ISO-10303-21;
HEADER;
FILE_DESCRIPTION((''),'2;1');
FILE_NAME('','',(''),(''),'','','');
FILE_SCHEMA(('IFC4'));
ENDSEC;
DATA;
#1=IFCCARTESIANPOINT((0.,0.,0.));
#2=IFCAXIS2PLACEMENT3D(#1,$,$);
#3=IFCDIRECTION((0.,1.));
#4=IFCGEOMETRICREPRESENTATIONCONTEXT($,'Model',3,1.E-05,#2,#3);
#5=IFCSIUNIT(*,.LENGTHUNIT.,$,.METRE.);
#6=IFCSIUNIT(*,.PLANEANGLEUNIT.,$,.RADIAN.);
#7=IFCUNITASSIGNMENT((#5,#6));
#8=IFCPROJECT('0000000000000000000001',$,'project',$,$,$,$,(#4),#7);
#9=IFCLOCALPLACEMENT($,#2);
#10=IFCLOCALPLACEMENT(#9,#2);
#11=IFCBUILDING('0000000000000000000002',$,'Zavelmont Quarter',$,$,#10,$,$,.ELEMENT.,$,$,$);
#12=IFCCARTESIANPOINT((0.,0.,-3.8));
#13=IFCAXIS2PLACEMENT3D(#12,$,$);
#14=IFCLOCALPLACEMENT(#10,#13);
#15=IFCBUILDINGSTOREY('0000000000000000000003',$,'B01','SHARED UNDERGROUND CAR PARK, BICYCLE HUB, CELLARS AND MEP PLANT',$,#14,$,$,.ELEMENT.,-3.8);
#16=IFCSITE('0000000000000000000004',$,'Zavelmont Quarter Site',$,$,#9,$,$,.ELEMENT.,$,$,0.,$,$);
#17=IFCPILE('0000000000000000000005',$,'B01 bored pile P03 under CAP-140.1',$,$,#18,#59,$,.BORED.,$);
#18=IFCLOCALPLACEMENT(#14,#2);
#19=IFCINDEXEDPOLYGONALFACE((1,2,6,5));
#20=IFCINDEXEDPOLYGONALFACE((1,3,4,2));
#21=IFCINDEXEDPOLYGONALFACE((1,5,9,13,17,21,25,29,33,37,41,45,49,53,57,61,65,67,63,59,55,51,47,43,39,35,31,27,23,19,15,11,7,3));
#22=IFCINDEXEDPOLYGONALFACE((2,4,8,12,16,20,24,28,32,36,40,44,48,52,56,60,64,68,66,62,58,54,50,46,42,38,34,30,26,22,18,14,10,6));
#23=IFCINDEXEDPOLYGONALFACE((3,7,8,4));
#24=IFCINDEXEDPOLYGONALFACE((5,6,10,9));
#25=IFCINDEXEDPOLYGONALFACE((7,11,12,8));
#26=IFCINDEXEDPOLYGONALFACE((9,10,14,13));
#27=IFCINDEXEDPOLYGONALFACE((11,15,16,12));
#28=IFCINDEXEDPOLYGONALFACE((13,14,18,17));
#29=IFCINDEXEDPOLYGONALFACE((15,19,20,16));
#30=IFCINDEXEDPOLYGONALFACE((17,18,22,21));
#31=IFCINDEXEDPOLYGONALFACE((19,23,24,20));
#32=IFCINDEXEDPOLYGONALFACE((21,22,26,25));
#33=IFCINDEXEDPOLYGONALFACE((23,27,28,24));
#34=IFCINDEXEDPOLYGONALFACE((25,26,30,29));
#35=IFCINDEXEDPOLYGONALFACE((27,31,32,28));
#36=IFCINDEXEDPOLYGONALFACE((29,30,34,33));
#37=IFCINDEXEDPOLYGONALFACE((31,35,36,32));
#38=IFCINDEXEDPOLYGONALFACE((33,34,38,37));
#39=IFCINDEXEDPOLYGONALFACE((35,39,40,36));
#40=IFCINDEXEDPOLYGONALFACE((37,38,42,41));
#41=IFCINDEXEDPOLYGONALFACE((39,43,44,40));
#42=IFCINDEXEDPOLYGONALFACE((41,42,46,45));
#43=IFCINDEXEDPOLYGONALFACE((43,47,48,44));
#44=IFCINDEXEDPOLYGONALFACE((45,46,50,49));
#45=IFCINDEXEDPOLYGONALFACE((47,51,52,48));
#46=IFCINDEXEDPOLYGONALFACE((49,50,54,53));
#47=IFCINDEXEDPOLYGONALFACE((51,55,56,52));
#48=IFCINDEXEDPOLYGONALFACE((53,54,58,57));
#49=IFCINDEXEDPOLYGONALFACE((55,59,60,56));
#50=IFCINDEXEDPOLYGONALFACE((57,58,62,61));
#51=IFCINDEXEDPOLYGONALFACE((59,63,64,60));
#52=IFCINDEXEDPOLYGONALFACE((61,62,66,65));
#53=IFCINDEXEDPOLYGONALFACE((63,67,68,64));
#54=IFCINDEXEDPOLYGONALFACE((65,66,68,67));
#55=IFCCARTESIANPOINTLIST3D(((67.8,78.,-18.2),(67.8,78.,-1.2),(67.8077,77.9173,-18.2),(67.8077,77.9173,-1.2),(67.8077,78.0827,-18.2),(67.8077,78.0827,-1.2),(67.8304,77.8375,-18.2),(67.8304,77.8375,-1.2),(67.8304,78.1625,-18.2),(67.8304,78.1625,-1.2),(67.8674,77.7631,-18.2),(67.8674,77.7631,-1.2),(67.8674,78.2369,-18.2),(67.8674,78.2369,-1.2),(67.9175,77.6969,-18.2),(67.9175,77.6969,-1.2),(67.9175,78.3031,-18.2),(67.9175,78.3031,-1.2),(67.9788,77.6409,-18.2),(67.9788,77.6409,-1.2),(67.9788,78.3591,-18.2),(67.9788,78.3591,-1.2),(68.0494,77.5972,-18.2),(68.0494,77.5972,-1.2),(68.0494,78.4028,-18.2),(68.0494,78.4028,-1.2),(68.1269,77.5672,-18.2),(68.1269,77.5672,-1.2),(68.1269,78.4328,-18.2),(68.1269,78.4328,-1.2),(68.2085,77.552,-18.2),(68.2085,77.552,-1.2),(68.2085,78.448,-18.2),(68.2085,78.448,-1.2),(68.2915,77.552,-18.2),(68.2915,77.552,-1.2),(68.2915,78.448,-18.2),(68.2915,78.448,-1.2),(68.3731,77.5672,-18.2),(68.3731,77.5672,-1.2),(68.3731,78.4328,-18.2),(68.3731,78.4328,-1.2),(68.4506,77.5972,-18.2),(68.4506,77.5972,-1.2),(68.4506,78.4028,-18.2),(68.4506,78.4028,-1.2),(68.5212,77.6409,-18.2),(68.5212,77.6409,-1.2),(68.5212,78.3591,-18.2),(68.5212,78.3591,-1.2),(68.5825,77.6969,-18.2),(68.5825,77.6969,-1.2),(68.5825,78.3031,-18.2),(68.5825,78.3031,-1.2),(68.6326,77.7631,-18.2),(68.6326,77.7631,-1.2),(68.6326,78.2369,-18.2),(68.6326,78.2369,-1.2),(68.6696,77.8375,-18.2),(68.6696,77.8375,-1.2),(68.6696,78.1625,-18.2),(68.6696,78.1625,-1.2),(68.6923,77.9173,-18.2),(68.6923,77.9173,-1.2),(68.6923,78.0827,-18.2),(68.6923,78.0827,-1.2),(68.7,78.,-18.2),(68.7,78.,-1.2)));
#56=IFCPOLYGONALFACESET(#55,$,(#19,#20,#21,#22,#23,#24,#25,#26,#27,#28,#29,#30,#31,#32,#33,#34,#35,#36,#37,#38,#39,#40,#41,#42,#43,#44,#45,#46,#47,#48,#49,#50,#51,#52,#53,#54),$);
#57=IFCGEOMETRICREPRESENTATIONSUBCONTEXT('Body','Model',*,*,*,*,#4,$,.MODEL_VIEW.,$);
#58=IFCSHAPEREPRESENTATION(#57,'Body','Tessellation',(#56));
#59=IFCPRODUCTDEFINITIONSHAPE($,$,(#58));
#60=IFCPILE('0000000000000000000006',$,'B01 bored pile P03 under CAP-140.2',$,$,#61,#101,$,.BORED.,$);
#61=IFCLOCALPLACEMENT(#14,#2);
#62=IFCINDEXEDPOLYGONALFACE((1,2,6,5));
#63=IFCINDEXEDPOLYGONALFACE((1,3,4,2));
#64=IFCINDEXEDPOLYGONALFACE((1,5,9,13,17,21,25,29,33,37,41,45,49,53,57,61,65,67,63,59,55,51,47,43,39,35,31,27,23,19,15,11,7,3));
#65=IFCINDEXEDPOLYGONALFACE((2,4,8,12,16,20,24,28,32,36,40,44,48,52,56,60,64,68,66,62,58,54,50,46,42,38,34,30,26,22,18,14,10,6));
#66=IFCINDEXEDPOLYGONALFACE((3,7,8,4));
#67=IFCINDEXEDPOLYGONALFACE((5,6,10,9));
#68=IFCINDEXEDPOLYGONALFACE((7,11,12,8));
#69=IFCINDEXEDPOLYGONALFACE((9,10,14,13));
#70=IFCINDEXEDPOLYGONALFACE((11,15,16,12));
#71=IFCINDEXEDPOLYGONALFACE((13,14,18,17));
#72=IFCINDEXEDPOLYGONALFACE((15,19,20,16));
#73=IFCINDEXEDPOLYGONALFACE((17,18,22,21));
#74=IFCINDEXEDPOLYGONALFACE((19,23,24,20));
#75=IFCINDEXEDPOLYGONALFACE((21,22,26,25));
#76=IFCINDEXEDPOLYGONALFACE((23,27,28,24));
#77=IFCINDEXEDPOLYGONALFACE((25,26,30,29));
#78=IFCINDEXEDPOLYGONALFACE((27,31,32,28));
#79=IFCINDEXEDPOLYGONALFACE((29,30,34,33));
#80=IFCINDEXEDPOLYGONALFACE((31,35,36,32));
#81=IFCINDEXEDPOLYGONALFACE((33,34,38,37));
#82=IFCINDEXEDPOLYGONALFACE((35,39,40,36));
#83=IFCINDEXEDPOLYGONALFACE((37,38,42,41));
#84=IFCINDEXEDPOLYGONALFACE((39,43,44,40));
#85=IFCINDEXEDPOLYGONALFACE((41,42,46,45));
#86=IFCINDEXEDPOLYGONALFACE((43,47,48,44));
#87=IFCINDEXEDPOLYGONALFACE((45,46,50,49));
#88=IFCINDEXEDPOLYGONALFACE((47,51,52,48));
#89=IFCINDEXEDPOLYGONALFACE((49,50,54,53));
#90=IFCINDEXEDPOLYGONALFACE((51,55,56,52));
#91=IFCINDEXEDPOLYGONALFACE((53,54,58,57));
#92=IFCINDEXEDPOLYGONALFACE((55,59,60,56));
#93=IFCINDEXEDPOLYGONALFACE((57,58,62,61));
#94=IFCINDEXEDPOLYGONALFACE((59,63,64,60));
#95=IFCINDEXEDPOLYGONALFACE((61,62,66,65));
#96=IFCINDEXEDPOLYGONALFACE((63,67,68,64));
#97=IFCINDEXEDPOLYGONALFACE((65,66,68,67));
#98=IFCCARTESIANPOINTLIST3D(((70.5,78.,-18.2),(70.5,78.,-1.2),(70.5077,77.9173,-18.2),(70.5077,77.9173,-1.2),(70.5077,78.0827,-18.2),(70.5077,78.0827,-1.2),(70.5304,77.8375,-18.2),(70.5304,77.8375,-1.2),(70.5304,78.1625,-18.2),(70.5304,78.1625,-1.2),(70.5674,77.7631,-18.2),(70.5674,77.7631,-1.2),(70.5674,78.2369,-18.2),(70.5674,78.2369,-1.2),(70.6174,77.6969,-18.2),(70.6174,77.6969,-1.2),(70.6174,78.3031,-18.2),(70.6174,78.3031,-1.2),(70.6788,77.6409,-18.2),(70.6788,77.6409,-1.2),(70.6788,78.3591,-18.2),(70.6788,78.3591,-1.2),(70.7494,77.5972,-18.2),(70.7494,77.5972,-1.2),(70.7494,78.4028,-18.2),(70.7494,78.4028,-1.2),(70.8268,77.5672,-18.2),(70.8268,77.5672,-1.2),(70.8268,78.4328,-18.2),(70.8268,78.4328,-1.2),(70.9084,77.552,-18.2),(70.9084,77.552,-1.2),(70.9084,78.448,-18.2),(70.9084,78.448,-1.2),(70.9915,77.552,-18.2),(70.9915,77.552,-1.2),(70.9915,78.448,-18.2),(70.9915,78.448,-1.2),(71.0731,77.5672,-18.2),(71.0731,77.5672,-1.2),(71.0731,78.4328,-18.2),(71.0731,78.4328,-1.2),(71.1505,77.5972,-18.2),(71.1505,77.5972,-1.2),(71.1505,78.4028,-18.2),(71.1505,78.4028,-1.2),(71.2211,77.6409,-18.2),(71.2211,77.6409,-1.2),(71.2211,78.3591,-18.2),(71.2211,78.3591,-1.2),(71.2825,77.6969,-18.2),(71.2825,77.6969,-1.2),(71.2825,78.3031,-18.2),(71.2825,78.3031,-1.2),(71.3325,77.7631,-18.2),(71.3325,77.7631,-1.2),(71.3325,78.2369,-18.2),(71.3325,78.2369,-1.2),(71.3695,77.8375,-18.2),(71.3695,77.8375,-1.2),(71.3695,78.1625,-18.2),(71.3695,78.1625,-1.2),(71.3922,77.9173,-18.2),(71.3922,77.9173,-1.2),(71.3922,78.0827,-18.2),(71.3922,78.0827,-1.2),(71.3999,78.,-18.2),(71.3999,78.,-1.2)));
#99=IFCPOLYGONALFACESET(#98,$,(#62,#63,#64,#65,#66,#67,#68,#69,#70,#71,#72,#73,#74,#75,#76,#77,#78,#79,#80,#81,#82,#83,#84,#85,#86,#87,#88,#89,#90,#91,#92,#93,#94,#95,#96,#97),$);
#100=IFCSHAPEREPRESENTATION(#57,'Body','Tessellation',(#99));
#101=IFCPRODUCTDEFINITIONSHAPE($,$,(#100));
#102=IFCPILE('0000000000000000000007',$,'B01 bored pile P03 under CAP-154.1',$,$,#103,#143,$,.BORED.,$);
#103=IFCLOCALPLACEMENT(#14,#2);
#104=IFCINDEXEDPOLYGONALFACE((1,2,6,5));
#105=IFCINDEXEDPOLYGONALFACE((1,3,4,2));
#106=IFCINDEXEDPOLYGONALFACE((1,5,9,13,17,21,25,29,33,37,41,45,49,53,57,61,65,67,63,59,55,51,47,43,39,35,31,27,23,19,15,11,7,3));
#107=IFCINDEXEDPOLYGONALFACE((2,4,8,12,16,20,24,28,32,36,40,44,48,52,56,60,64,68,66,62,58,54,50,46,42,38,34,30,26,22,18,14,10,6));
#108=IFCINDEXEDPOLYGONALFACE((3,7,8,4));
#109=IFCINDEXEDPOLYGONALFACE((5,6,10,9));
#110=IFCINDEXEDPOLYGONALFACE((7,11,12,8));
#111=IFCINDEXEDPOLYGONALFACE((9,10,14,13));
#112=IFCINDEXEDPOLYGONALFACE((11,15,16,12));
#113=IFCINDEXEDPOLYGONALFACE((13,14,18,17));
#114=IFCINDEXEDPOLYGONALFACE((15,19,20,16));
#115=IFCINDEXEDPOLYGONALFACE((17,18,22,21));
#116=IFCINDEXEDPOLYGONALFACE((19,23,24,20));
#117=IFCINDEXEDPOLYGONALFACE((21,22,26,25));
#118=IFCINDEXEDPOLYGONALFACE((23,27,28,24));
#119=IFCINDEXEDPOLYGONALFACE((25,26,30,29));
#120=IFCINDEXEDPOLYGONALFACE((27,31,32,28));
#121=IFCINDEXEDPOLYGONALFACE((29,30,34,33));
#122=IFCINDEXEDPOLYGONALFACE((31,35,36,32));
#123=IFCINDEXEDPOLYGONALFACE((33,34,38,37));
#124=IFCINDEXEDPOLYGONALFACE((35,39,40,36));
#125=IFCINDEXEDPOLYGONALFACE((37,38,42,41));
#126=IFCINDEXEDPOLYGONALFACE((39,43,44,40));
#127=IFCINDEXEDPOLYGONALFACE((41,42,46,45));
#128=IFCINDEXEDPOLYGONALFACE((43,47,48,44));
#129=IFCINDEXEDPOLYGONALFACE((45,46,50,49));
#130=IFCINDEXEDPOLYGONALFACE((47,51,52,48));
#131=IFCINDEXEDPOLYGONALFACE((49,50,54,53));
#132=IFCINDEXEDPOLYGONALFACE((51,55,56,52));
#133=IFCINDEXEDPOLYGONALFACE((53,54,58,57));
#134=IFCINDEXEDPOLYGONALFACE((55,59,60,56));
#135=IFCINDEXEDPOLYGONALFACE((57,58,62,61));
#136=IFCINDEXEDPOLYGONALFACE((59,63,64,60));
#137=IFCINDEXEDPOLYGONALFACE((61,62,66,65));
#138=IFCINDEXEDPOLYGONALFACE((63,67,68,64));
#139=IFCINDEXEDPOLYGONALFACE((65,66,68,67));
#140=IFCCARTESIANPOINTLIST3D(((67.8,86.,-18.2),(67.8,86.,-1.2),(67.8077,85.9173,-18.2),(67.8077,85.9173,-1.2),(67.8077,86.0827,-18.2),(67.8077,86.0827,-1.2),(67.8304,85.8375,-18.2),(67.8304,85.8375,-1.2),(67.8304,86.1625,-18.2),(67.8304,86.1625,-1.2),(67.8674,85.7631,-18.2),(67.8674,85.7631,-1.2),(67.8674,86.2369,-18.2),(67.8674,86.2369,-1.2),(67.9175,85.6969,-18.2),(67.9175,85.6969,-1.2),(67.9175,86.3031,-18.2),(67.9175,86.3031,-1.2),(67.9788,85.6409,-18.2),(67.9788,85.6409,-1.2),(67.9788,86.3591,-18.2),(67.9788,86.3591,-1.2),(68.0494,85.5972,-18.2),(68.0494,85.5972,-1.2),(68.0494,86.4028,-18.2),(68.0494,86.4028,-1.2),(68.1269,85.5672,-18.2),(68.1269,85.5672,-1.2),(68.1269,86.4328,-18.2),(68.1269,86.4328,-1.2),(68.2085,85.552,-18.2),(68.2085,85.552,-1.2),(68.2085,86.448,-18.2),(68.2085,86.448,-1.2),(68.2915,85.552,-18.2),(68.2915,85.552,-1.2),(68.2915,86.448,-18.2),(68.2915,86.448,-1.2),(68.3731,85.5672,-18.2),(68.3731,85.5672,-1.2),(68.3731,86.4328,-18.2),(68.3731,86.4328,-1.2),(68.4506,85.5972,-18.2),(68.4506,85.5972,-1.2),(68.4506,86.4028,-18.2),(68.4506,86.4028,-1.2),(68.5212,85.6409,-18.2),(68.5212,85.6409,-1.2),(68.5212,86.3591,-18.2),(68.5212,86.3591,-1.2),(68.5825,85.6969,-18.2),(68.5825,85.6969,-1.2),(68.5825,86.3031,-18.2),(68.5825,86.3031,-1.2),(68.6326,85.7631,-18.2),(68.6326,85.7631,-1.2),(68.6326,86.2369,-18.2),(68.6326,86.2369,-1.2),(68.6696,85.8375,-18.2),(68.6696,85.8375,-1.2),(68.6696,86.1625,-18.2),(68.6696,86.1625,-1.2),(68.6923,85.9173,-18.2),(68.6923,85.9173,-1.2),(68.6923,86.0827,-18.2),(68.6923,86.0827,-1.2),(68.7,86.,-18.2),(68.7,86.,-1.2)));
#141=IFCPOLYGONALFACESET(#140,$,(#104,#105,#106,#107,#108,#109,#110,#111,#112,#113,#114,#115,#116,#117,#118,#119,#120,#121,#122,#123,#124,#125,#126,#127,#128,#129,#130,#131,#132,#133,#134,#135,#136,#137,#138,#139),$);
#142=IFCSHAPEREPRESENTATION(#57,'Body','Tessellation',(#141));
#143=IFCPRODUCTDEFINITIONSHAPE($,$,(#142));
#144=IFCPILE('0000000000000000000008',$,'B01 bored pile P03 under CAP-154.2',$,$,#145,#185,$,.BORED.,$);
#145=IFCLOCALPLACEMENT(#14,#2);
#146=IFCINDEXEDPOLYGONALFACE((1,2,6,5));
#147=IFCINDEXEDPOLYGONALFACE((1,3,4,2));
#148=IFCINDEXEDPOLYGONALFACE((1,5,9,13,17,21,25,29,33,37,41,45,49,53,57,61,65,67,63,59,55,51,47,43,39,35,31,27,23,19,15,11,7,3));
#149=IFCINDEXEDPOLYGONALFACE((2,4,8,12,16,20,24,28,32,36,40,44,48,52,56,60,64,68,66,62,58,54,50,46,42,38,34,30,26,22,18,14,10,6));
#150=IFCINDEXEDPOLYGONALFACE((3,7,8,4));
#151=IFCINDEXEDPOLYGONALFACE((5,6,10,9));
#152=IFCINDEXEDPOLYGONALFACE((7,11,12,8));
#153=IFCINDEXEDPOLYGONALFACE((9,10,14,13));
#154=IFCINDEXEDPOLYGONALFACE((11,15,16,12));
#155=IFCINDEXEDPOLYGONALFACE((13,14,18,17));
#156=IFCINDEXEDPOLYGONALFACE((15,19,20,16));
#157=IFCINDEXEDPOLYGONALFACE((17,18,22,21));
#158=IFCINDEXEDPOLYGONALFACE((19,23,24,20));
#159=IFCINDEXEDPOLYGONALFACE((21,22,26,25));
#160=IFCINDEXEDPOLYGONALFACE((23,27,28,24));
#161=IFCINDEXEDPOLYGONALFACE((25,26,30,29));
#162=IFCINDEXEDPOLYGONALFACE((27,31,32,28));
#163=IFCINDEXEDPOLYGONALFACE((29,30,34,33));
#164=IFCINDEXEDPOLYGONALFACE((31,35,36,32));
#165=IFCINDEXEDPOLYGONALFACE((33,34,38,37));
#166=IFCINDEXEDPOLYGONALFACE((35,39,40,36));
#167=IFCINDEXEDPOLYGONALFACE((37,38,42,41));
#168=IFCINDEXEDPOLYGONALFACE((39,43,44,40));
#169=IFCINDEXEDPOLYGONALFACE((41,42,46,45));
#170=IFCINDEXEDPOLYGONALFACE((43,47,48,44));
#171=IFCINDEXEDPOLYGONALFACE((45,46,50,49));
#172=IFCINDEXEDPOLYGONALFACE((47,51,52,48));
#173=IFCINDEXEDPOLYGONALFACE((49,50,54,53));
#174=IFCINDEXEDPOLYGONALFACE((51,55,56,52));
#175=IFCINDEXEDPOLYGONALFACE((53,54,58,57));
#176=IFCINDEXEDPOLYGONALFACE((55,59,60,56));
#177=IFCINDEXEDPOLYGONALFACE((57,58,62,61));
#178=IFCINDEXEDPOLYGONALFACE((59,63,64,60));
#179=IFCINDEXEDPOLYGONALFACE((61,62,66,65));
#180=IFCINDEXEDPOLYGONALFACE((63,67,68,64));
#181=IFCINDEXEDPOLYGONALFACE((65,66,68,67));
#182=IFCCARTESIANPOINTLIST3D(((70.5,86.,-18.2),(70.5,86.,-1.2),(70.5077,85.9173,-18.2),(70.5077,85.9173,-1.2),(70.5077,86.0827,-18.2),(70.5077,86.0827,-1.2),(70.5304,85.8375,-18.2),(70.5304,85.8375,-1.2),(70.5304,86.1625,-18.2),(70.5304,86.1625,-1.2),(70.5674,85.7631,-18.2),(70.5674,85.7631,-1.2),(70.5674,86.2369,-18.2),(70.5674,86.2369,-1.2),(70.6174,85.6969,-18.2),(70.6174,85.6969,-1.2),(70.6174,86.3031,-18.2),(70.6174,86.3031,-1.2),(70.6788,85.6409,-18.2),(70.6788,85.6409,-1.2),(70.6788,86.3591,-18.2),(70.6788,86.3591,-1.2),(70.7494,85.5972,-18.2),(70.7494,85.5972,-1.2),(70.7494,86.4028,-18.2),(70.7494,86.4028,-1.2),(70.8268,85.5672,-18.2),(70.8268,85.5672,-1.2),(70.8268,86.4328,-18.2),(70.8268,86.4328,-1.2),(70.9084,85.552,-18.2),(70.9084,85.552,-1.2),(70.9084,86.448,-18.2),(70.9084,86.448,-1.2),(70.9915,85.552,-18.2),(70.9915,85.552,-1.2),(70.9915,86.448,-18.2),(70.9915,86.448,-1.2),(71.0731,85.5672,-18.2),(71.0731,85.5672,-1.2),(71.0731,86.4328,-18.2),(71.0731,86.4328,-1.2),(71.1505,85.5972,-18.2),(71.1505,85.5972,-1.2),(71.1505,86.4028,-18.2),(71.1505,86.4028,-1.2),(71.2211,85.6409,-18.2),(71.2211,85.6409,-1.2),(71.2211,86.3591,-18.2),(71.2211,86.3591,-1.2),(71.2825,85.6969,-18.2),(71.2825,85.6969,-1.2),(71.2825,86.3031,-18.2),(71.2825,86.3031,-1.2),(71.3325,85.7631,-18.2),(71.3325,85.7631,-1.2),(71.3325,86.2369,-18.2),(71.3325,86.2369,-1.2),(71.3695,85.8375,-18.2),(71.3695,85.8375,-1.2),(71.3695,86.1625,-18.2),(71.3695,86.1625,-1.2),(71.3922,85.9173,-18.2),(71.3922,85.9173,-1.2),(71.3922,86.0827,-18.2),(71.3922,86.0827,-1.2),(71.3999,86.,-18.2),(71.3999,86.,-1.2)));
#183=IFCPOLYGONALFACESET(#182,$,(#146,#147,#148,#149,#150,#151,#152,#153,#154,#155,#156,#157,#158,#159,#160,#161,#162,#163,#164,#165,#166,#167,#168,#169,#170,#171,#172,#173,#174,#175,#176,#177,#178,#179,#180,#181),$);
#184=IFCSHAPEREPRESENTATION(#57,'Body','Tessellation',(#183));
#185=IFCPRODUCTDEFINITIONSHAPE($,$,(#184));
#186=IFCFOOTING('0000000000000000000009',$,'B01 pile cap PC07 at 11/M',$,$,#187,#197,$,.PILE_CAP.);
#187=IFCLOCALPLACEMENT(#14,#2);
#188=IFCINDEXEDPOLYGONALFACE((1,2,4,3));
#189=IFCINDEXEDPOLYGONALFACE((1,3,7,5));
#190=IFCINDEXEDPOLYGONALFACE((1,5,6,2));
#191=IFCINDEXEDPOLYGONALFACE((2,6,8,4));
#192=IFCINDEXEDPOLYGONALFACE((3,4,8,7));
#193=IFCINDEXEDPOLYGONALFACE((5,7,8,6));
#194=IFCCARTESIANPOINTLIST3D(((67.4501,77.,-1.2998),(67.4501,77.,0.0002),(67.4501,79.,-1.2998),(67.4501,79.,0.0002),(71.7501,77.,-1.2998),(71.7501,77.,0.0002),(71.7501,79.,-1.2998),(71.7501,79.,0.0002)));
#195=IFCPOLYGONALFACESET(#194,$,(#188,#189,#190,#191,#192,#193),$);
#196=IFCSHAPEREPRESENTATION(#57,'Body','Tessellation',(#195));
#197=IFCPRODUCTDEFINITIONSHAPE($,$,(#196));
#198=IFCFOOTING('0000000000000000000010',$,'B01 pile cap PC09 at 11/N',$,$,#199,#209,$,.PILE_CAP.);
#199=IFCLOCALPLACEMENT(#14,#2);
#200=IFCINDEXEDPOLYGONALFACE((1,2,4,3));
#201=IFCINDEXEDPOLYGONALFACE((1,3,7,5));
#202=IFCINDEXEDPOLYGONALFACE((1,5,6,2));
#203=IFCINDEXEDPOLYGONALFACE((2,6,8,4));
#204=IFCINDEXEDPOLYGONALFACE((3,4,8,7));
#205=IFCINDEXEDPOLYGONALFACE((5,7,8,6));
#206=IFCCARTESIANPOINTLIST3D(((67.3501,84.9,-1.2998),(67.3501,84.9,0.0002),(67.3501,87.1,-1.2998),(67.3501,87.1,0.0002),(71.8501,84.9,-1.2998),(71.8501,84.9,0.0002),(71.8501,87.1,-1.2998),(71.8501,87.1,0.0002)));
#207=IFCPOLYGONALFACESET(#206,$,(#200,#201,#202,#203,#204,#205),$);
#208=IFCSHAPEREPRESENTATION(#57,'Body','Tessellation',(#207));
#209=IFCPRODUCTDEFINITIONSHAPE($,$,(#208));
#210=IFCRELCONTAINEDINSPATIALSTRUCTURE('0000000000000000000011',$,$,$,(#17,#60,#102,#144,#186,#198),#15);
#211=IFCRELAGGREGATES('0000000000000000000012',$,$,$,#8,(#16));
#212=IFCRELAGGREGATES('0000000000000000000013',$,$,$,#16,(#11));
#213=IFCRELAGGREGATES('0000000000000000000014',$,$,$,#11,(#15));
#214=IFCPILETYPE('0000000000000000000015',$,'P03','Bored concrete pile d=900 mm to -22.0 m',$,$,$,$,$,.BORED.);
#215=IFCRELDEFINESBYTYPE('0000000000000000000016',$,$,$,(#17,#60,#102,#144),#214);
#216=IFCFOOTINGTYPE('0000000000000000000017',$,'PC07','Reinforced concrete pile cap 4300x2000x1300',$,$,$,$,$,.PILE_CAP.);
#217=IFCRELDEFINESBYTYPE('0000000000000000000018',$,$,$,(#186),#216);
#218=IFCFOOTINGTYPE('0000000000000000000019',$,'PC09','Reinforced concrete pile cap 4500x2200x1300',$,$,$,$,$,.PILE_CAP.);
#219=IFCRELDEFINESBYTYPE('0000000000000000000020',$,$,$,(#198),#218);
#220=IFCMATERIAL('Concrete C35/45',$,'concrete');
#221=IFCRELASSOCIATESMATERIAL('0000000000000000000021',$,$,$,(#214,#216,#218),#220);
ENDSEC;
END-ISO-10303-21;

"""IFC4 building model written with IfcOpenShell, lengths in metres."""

from ifc_helpers import new_model, si_unit, direction, frame, origin, origin_2d, place, context, subcontext, project, spatial, rectangle, circle, extrude, material, material_profile, profile_set, type_object, element, save


model = new_model("IFC4")

# Units and contexts
model_context = context("Model", 3, precision=1e-05, world=origin(), true_north=direction((0.0, 1.0)))
body_context = subcontext(model_context, "Body", "Model", "MODEL_VIEW")
ifc_project = project(units=[si_unit("LENGTHUNIT", "METRE"), si_unit("PLANEANGLEUNIT", "RADIAN")], contexts=[model_context])

# Site, building, storey
site_placement = place(None, origin())
site = spatial("IfcSite", under=ifc_project, at=site_placement, Name="Zavelmont Quarter Site", CompositionType="ELEMENT", RefElevation=0.0)
building_placement = place(site_placement, origin())
building = spatial("IfcBuilding", under=site, at=building_placement, Name="Zavelmont Quarter", CompositionType="ELEMENT")
storey_placement = place(building_placement, frame((0.0, 0.0, -3.8)))
storey = spatial("IfcBuildingStorey", under=building, at=storey_placement, Name="B01", Description="SHARED UNDERGROUND CAR PARK, BICYCLE HUB, CELLARS AND MEP PLANT", CompositionType="ELEMENT", Elevation=-3.8)

# Shared definitions
ifc_material_1 = material(Name="Concrete C35/45", Category="concrete")

# Piles
ifc_material_profile_1 = material_profile(ifc_material_1, circle(Radius=0.45, at=origin_2d()), Name="BP900")
ifc_profile_set_1 = profile_set([ifc_material_profile_1], Name="Concrete C35/45")
pile_type_1 = type_object("IfcPileType", Name="P03", Description="Bored concrete pile d=900 mm to -22.0 m", PredefinedType="BORED", material=ifc_profile_set_1)
for number, where, z_axis, x_axis, name in (
    (1, (68.25, 78.0, -1.2), (0.0, 0.0, -1.0), (1.0, 0.0, 0.0), "B01 bored pile P03 under CAP-140.1"),
    (2, (70.95, 78.0, -1.2), (0.0, 0.0, -1.0), (1.0, 0.0, 0.0), "B01 bored pile P03 under CAP-140.2"),
    (3, (68.25, 86.0, -1.2), (0.0, 0.0, -1.0), (1.0, 0.0, 0.0), "B01 bored pile P03 under CAP-154.1"),
    (4, (70.95, 86.0, -1.2), (0.0, 0.0, -1.0), (1.0, 0.0, 0.0), "B01 bored pile P03 under CAP-154.2"),
):
    element("IfcPile", number, at=place(storey_placement, frame(where, z_axis=z_axis, x_axis=x_axis)), inside=storey, type_object=pile_type_1, Name=name, PredefinedType="BORED", context=body_context, shape_type="SweptSolid", body=[
        extrude(circle(Radius=0.45, at=origin_2d()), origin(), (0.0, 0.0, 1.0), 17.0),
    ])

# Footings
footing_type_1 = type_object("IfcFootingType", Name="PC07", Description="Reinforced concrete pile cap 4300x2000x1300", PredefinedType="PILE_CAP", material=ifc_material_1)
footing_1_placement = place(storey_placement, frame((69.6001, 78.0, -1.2998), z_axis=(0.0, 0.0, 1.0), x_axis=(1.0, 0.0, 0.0)))
element("IfcFooting", 5, at=footing_1_placement, inside=storey, type_object=footing_type_1, Name="B01 pile cap PC07 at 11/M", PredefinedType="PILE_CAP", context=body_context, shape_type="SweptSolid", body=[
    extrude(rectangle(XDim=4.3, YDim=2.0, at=origin_2d()), origin(), (0.0, 0.0, 1.0), 1.3),
])
footing_type_2 = type_object("IfcFootingType", Name="PC09", Description="Reinforced concrete pile cap 4500x2200x1300", PredefinedType="PILE_CAP", material=ifc_material_1)
footing_2_placement = place(storey_placement, frame((69.6001, 86.0, -1.2998), z_axis=(0.0, 0.0, 1.0), x_axis=(1.0, 0.0, 0.0)))
element("IfcFooting", 6, at=footing_2_placement, inside=storey, type_object=footing_type_2, Name="B01 pile cap PC09 at 11/N", PredefinedType="PILE_CAP", context=body_context, shape_type="SweptSolid", body=[
    extrude(rectangle(XDim=4.5, YDim=2.2, at=origin_2d()), origin(), (0.0, 0.0, 1.0), 1.3),
])

save(model, "model.ifc")
